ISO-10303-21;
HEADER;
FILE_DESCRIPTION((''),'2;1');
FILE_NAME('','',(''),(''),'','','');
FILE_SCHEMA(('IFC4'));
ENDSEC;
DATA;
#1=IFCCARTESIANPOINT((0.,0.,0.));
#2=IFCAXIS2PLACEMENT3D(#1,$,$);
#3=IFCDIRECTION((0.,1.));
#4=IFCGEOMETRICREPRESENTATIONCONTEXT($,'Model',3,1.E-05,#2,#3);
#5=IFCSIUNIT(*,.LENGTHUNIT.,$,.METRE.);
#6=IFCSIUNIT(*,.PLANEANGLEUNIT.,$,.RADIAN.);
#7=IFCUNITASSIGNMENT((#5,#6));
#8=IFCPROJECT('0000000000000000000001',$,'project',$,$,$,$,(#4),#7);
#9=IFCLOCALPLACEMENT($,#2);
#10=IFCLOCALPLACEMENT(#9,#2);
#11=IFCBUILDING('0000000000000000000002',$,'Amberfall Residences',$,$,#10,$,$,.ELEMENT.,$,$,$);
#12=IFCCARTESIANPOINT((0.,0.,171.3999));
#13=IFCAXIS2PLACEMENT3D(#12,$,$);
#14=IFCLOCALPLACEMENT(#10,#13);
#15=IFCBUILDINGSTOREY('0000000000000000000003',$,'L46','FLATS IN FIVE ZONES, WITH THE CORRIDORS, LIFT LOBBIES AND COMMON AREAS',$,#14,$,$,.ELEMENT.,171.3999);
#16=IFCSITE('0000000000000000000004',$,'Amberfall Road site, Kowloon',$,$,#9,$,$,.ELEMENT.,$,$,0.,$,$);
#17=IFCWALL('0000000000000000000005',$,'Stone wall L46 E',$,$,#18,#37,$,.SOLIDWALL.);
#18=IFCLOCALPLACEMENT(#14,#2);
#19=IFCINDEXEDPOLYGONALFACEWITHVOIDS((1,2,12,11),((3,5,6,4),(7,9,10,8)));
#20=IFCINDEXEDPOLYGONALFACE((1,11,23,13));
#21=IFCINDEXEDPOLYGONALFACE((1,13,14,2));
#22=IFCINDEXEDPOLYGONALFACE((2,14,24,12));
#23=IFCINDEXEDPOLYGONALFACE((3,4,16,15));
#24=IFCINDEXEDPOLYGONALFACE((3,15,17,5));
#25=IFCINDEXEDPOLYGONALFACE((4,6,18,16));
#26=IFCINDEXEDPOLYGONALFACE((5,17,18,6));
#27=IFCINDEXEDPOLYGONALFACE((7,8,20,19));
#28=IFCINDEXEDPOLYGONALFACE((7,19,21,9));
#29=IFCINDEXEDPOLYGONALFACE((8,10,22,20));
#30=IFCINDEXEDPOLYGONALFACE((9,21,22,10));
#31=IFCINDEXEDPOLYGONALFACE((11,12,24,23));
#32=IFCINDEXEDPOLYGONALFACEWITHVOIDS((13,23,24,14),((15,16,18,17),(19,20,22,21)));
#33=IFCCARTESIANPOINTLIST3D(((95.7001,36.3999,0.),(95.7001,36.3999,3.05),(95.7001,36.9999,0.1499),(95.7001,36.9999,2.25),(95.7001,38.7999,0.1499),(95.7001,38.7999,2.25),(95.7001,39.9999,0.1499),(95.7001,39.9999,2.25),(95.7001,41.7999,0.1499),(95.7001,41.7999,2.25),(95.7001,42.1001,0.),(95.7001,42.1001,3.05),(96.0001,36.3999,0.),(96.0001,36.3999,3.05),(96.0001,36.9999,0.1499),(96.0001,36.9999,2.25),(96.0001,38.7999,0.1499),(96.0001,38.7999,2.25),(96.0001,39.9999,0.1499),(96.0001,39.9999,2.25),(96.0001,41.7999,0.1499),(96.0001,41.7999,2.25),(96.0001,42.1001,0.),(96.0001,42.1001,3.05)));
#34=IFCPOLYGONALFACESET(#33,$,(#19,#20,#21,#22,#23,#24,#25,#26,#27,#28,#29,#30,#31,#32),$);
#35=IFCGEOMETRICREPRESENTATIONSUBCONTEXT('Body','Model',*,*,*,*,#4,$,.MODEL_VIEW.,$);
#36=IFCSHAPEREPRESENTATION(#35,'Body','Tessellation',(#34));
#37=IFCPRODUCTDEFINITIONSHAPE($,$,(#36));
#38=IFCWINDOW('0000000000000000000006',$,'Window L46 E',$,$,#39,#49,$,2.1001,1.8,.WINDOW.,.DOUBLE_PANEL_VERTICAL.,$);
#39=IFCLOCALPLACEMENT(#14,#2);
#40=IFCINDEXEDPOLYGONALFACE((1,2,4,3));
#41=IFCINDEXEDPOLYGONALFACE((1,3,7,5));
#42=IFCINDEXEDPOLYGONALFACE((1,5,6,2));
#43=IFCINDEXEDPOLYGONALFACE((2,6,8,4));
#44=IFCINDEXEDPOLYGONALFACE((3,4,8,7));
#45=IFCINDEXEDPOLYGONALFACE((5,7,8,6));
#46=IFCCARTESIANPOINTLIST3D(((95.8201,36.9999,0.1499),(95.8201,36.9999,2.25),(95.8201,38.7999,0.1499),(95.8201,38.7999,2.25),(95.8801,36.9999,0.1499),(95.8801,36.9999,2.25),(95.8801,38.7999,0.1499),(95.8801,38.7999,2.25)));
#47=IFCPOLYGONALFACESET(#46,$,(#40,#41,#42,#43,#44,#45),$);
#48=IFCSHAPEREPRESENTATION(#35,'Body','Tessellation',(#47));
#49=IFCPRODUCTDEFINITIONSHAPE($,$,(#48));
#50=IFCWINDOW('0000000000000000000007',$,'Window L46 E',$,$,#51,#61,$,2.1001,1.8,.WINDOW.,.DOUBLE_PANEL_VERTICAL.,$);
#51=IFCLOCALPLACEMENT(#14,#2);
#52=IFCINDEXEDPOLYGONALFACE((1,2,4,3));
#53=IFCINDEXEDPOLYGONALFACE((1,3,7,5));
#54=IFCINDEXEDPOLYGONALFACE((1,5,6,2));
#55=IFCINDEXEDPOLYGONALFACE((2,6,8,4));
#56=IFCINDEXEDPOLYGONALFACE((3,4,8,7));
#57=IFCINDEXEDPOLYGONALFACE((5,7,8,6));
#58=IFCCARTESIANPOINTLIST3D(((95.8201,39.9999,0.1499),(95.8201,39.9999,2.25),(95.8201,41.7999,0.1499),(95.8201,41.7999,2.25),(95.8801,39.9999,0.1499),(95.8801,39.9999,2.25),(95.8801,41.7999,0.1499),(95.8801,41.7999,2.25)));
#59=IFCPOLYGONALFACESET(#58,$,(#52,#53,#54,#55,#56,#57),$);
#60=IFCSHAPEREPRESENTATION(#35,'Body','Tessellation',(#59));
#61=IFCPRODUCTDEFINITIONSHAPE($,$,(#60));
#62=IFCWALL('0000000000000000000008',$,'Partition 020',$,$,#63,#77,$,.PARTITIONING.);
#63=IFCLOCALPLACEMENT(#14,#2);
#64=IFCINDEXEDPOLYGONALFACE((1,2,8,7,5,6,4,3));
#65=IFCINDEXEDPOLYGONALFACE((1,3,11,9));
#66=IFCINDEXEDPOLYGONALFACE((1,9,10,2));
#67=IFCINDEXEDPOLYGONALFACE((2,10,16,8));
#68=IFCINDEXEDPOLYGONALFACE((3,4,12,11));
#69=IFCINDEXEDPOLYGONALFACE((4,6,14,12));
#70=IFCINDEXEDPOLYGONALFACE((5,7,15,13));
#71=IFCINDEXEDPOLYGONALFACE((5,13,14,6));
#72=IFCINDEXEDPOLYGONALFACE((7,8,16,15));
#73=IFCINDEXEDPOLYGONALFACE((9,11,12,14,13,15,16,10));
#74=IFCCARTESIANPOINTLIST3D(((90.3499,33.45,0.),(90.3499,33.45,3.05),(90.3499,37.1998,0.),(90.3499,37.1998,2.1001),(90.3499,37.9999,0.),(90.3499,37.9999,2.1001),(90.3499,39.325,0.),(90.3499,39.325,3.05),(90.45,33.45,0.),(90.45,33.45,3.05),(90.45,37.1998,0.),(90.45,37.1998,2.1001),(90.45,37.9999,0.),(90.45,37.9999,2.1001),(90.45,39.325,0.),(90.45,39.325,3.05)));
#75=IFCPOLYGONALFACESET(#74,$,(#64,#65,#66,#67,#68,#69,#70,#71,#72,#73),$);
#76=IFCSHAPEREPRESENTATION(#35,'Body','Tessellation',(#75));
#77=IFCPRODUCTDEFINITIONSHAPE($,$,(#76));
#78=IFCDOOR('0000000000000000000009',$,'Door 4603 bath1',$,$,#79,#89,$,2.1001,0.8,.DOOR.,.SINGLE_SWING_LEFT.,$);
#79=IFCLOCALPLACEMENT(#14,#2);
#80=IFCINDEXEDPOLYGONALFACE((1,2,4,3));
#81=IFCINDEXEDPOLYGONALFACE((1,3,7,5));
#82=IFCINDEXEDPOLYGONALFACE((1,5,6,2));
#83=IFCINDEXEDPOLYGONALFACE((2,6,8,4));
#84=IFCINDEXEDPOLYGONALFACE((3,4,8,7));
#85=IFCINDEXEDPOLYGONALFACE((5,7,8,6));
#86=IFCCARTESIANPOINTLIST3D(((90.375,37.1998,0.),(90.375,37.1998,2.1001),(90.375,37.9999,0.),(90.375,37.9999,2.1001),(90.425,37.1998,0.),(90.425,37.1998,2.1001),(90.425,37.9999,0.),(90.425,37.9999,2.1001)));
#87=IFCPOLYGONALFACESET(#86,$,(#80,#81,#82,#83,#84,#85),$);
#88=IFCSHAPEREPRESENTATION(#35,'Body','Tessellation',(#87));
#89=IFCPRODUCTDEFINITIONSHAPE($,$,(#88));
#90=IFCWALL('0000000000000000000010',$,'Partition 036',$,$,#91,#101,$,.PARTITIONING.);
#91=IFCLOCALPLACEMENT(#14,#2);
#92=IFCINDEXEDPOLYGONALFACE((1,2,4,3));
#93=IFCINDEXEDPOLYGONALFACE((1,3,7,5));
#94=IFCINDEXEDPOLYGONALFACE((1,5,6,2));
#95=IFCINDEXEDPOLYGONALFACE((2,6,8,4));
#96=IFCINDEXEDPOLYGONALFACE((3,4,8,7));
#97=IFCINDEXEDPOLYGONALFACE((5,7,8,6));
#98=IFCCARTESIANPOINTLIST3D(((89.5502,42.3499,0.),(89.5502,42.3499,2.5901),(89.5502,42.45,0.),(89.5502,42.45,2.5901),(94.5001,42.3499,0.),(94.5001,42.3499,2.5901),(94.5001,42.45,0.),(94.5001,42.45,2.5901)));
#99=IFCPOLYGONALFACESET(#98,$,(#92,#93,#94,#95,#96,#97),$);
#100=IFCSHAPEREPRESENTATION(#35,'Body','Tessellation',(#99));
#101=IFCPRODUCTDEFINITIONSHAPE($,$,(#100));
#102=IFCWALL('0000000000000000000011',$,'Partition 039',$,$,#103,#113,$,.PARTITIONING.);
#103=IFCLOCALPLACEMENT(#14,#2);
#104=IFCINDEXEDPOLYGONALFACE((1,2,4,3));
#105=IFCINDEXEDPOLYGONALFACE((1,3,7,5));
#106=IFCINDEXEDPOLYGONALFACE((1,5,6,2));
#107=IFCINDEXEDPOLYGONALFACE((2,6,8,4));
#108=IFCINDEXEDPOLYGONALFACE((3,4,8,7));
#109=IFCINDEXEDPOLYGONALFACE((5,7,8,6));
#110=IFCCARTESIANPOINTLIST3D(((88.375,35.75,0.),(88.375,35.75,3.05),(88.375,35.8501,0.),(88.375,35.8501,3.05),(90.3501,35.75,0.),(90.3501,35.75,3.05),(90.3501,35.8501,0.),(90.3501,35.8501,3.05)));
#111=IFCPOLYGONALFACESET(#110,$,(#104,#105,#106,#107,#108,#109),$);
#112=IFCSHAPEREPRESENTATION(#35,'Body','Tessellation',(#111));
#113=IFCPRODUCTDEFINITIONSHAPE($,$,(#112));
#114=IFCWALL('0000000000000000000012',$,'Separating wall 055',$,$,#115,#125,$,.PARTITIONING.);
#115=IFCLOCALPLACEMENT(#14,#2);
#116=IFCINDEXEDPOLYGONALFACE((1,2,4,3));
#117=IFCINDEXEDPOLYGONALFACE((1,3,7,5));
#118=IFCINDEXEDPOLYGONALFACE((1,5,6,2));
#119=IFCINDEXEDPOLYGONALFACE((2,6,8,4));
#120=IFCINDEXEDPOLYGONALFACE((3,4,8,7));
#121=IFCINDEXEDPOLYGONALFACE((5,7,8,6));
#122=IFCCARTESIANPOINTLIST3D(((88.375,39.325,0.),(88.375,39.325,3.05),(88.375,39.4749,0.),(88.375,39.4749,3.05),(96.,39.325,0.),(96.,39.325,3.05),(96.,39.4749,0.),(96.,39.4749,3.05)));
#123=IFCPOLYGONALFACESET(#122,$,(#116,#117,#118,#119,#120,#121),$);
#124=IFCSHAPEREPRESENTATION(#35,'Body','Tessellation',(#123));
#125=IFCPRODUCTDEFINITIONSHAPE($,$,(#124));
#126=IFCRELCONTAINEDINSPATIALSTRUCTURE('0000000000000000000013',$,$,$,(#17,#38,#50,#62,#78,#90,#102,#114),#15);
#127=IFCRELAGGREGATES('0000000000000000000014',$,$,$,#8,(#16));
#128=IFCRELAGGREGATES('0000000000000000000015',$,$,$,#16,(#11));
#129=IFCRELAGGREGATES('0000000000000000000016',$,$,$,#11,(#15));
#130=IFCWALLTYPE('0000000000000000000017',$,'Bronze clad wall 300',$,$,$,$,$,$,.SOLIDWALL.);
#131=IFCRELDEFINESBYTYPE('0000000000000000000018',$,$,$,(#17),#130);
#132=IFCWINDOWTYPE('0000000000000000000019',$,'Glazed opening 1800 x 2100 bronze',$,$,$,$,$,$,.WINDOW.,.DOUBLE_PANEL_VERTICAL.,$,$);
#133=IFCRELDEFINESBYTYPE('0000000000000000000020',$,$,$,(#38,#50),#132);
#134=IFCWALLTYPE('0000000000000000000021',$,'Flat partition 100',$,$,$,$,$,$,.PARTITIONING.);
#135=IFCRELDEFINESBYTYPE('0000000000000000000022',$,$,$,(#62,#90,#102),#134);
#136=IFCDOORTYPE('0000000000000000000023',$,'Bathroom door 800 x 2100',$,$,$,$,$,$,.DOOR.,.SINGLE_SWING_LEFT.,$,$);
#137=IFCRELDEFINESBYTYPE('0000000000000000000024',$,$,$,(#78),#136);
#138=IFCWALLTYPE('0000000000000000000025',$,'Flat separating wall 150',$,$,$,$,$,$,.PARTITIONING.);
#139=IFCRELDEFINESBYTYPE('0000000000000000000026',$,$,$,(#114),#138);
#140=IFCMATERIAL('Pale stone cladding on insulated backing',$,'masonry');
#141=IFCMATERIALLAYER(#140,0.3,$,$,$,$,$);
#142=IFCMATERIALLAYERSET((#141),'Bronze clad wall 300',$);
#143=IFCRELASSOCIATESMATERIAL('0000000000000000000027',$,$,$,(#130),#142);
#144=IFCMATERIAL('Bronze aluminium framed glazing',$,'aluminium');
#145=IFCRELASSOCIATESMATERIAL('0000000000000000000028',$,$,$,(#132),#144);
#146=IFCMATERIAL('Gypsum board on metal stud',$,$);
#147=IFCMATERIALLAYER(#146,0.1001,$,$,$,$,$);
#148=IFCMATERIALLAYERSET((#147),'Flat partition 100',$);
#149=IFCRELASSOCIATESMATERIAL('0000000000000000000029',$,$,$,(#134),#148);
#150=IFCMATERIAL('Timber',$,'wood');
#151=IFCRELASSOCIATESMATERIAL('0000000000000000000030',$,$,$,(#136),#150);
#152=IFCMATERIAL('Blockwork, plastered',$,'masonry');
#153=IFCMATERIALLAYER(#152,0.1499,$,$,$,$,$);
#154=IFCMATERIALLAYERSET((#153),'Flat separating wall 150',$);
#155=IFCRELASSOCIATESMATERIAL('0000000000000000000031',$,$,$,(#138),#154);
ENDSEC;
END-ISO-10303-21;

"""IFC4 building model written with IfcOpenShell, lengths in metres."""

from ifc_helpers import new_model, si_unit, direction, frame, frame_2d, origin, place, context, subcontext, project, spatial, rectangle, extrude, material, layer, layer_set, type_object, element, fill, save


model = new_model("IFC4")

# Units and contexts
model_context = context("Model", 3, precision=1e-05, world=origin(), true_north=direction((0.0, 1.0)))
body_context = subcontext(model_context, "Body", "Model", "MODEL_VIEW")
ifc_project = project(units=[si_unit("LENGTHUNIT", "METRE"), si_unit("PLANEANGLEUNIT", "RADIAN")], contexts=[model_context])

# Site, building, storey
site_placement = place(None, origin())
site = spatial("IfcSite", under=ifc_project, at=site_placement, Name="Amberfall Road site, Kowloon", CompositionType="ELEMENT", RefElevation=0.0)
building_placement = place(site_placement, origin())
building = spatial("IfcBuilding", under=site, at=building_placement, Name="Amberfall Residences", CompositionType="ELEMENT")
storey_placement = place(building_placement, frame((0.0, 0.0, 171.3999)))
storey = spatial("IfcBuildingStorey", under=building, at=storey_placement, Name="L46", Description="FLATS IN FIVE ZONES, WITH THE CORRIDORS, LIFT LOBBIES AND COMMON AREAS", CompositionType="ELEMENT", Elevation=171.3999)

# Shared definitions
ifc_material_1 = material(Name="Pale stone cladding on insulated backing", Category="masonry")
ifc_layer_1 = layer(ifc_material_1, 0.3)
ifc_layer_set_1 = layer_set([ifc_layer_1], Name="Bronze clad wall 300")
wall_type_1 = type_object("IfcWallType", Name="Bronze clad wall 300", PredefinedType="SOLIDWALL", material=ifc_layer_set_1)

# Wall, openings, windows
wall_1_placement = place(storey_placement, frame((95.8501, 36.3999, 0.0), z_axis=(0.0, 0.0, 1.0), x_axis=(0.0, 1.0, 0.0)))
wall_1 = element("IfcWall", 1, at=wall_1_placement, inside=storey, type_object=wall_type_1, Name="Stone wall L46 E", PredefinedType="SOLIDWALL", context=body_context, shape_type="SweptSolid", body=[
    extrude(rectangle(XDim=5.7002, YDim=0.3, at=frame_2d((2.8501, 0.0))), origin(), (0.0, 0.0, 1.0), 3.05),
])
opening_1_placement = place(wall_1_placement, frame((0.6001, 0.0, 0.1499)))
opening_1 = element("IfcOpeningElement", 2, at=opening_1_placement, cuts=wall_1, PredefinedType="OPENING", context=body_context, shape_type="SweptSolid", body=[
    extrude(rectangle(XDim=1.8, YDim=2.1001, at=frame_2d((0.8999, 1.05))), frame((0.0, 0.1599, 0.0), z_axis=(0.0, -1.0, 0.0), x_axis=(1.0, 0.0, 0.0)), (0.0, 0.0, 1.0), 0.3201),
])
opening_2_placement = place(wall_1_placement, frame((3.6001, 0.0, 0.1499)))
opening_2 = element("IfcOpeningElement", 3, at=opening_2_placement, cuts=wall_1, PredefinedType="OPENING", context=body_context, shape_type="SweptSolid", body=[
    extrude(rectangle(XDim=1.8, YDim=2.1001, at=frame_2d((0.8999, 1.05))), frame((0.0, 0.1599, 0.0), z_axis=(0.0, -1.0, 0.0), x_axis=(1.0, 0.0, 0.0)), (0.0, 0.0, 1.0), 0.3201),
])
ifc_material_2 = material(Name="Bronze aluminium framed glazing", Category="aluminium")
window_type = type_object("IfcWindowType", Name="Glazed opening 1800 x 2100 bronze", PartitioningType="DOUBLE_PANEL_VERTICAL", PredefinedType="WINDOW", material=ifc_material_2)
window_1_placement = place(opening_1_placement, origin())
window_1 = element("IfcWindow", 4, at=window_1_placement, inside=storey, type_object=window_type, Name="Window L46 E", OverallHeight=2.1001, OverallWidth=1.8, PartitioningType="DOUBLE_PANEL_VERTICAL", PredefinedType="WINDOW", context=body_context, shape_type="SweptSolid", body=[
    extrude(rectangle(XDim=1.8, YDim=2.1001, at=frame_2d((0.8999, 1.05))), frame((0.0, 0.03, 0.0), z_axis=(0.0, -1.0, 0.0), x_axis=(1.0, 0.0, 0.0)), (0.0, 0.0, 1.0), 0.0601),
])
fill(opening_1, window_1)
window_2_placement = place(opening_2_placement, origin())
window_2 = element("IfcWindow", 5, at=window_2_placement, inside=storey, type_object=window_type, Name="Window L46 E", OverallHeight=2.1001, OverallWidth=1.8, PartitioningType="DOUBLE_PANEL_VERTICAL", PredefinedType="WINDOW", context=body_context, shape_type="SweptSolid", body=[
    extrude(rectangle(XDim=1.8, YDim=2.1001, at=frame_2d((0.8999, 1.05))), frame((0.0, 0.03, 0.0), z_axis=(0.0, -1.0, 0.0), x_axis=(1.0, 0.0, 0.0)), (0.0, 0.0, 1.0), 0.0601),
])
fill(opening_2, window_2)

# Wall, opening, door
ifc_material_3 = material(Name="Gypsum board on metal stud")
ifc_layer_2 = layer(ifc_material_3, 0.1001)
ifc_layer_set_2 = layer_set([ifc_layer_2], Name="Flat partition 100")
wall_type_2 = type_object("IfcWallType", Name="Flat partition 100", PredefinedType="PARTITIONING", material=ifc_layer_set_2)
wall_2_placement = place(storey_placement, frame((90.3999, 33.45, 0.0), z_axis=(0.0, 0.0, 1.0), x_axis=(0.0, 1.0, 0.0)))
wall_2 = element("IfcWall", 6, at=wall_2_placement, inside=storey, type_object=wall_type_2, Name="Partition 020", PredefinedType="PARTITIONING", context=body_context, shape_type="SweptSolid", body=[
    extrude(rectangle(XDim=5.875, YDim=0.1001, at=frame_2d((2.9375, 0.0))), origin(), (0.0, 0.0, 1.0), 3.05),
])
opening_3_placement = place(wall_2_placement, frame((3.75, 0.0, 0.0)))
opening_3 = element("IfcOpeningElement", 7, at=opening_3_placement, cuts=wall_2, PredefinedType="OPENING", context=body_context, shape_type="SweptSolid", body=[
    extrude(rectangle(XDim=0.8, YDim=2.1001, at=frame_2d((0.3999, 1.05))), frame((0.0, 0.0601, 0.0), z_axis=(0.0, -1.0, 0.0), x_axis=(1.0, 0.0, 0.0)), (0.0, 0.0, 1.0), 0.1201),
])
ifc_material_4 = material(Name="Timber", Category="wood")
door_type_1 = type_object("IfcDoorType", Name="Bathroom door 800 x 2100", OperationType="SINGLE_SWING_LEFT", PredefinedType="DOOR", material=ifc_material_4)
door_1_placement = place(opening_3_placement, origin())
door_1 = element("IfcDoor", 8, at=door_1_placement, inside=storey, type_object=door_type_1, Name="Door 4603 bath1", OperationType="SINGLE_SWING_LEFT", OverallHeight=2.1001, OverallWidth=0.8, PredefinedType="DOOR", context=body_context, shape_type="SweptSolid", body=[
    extrude(rectangle(XDim=0.8, YDim=2.1001, at=frame_2d((0.3999, 1.05))), frame((0.0, 0.0249, 0.0), z_axis=(0.0, -1.0, 0.0), x_axis=(1.0, 0.0, 0.0)), (0.0, 0.0, 1.0), 0.05),
])
fill(opening_3, door_1)

# Walls
wall_3_placement = place(storey_placement, frame((89.55, 42.3999, 0.0), z_axis=(0.0, 0.0, 1.0), x_axis=(1.0, 0.0, 0.0)))
element("IfcWall", 9, at=wall_3_placement, inside=storey, type_object=wall_type_2, Name="Partition 036", PredefinedType="PARTITIONING", context=body_context, shape_type="SweptSolid", body=[
    extrude(rectangle(XDim=4.95, YDim=0.1001, at=frame_2d((2.4751, 0.0))), origin(), (0.0, 0.0, 1.0), 2.5901),
])
wall_4_placement = place(storey_placement, frame((88.375, 35.8, 0.0), z_axis=(0.0, 0.0, 1.0), x_axis=(1.0, 0.0, 0.0)))
element("IfcWall", 10, at=wall_4_placement, inside=storey, type_object=wall_type_2, Name="Partition 039", PredefinedType="PARTITIONING", context=body_context, shape_type="SweptSolid", body=[
    extrude(rectangle(XDim=1.9751, YDim=0.1001, at=frame_2d((0.9875, 0.0))), origin(), (0.0, 0.0, 1.0), 3.05),
])
ifc_material_5 = material(Name="Blockwork, plastered", Category="masonry")
ifc_layer_3 = layer(ifc_material_5, 0.1499)
ifc_layer_set_3 = layer_set([ifc_layer_3], Name="Flat separating wall 150")
wall_type_3 = type_object("IfcWallType", Name="Flat separating wall 150", PredefinedType="PARTITIONING", material=ifc_layer_set_3)
wall_5_placement = place(storey_placement, frame((88.375, 39.3999, 0.0), z_axis=(0.0, 0.0, 1.0), x_axis=(1.0, 0.0, 0.0)))
element("IfcWall", 11, at=wall_5_placement, inside=storey, type_object=wall_type_3, Name="Separating wall 055", PredefinedType="PARTITIONING", context=body_context, shape_type="SweptSolid", body=[
    extrude(rectangle(XDim=7.625, YDim=0.1499, at=frame_2d((3.8125, 0.0))), origin(), (0.0, 0.0, 1.0), 3.05),
])

save(model, "model.ifc")
